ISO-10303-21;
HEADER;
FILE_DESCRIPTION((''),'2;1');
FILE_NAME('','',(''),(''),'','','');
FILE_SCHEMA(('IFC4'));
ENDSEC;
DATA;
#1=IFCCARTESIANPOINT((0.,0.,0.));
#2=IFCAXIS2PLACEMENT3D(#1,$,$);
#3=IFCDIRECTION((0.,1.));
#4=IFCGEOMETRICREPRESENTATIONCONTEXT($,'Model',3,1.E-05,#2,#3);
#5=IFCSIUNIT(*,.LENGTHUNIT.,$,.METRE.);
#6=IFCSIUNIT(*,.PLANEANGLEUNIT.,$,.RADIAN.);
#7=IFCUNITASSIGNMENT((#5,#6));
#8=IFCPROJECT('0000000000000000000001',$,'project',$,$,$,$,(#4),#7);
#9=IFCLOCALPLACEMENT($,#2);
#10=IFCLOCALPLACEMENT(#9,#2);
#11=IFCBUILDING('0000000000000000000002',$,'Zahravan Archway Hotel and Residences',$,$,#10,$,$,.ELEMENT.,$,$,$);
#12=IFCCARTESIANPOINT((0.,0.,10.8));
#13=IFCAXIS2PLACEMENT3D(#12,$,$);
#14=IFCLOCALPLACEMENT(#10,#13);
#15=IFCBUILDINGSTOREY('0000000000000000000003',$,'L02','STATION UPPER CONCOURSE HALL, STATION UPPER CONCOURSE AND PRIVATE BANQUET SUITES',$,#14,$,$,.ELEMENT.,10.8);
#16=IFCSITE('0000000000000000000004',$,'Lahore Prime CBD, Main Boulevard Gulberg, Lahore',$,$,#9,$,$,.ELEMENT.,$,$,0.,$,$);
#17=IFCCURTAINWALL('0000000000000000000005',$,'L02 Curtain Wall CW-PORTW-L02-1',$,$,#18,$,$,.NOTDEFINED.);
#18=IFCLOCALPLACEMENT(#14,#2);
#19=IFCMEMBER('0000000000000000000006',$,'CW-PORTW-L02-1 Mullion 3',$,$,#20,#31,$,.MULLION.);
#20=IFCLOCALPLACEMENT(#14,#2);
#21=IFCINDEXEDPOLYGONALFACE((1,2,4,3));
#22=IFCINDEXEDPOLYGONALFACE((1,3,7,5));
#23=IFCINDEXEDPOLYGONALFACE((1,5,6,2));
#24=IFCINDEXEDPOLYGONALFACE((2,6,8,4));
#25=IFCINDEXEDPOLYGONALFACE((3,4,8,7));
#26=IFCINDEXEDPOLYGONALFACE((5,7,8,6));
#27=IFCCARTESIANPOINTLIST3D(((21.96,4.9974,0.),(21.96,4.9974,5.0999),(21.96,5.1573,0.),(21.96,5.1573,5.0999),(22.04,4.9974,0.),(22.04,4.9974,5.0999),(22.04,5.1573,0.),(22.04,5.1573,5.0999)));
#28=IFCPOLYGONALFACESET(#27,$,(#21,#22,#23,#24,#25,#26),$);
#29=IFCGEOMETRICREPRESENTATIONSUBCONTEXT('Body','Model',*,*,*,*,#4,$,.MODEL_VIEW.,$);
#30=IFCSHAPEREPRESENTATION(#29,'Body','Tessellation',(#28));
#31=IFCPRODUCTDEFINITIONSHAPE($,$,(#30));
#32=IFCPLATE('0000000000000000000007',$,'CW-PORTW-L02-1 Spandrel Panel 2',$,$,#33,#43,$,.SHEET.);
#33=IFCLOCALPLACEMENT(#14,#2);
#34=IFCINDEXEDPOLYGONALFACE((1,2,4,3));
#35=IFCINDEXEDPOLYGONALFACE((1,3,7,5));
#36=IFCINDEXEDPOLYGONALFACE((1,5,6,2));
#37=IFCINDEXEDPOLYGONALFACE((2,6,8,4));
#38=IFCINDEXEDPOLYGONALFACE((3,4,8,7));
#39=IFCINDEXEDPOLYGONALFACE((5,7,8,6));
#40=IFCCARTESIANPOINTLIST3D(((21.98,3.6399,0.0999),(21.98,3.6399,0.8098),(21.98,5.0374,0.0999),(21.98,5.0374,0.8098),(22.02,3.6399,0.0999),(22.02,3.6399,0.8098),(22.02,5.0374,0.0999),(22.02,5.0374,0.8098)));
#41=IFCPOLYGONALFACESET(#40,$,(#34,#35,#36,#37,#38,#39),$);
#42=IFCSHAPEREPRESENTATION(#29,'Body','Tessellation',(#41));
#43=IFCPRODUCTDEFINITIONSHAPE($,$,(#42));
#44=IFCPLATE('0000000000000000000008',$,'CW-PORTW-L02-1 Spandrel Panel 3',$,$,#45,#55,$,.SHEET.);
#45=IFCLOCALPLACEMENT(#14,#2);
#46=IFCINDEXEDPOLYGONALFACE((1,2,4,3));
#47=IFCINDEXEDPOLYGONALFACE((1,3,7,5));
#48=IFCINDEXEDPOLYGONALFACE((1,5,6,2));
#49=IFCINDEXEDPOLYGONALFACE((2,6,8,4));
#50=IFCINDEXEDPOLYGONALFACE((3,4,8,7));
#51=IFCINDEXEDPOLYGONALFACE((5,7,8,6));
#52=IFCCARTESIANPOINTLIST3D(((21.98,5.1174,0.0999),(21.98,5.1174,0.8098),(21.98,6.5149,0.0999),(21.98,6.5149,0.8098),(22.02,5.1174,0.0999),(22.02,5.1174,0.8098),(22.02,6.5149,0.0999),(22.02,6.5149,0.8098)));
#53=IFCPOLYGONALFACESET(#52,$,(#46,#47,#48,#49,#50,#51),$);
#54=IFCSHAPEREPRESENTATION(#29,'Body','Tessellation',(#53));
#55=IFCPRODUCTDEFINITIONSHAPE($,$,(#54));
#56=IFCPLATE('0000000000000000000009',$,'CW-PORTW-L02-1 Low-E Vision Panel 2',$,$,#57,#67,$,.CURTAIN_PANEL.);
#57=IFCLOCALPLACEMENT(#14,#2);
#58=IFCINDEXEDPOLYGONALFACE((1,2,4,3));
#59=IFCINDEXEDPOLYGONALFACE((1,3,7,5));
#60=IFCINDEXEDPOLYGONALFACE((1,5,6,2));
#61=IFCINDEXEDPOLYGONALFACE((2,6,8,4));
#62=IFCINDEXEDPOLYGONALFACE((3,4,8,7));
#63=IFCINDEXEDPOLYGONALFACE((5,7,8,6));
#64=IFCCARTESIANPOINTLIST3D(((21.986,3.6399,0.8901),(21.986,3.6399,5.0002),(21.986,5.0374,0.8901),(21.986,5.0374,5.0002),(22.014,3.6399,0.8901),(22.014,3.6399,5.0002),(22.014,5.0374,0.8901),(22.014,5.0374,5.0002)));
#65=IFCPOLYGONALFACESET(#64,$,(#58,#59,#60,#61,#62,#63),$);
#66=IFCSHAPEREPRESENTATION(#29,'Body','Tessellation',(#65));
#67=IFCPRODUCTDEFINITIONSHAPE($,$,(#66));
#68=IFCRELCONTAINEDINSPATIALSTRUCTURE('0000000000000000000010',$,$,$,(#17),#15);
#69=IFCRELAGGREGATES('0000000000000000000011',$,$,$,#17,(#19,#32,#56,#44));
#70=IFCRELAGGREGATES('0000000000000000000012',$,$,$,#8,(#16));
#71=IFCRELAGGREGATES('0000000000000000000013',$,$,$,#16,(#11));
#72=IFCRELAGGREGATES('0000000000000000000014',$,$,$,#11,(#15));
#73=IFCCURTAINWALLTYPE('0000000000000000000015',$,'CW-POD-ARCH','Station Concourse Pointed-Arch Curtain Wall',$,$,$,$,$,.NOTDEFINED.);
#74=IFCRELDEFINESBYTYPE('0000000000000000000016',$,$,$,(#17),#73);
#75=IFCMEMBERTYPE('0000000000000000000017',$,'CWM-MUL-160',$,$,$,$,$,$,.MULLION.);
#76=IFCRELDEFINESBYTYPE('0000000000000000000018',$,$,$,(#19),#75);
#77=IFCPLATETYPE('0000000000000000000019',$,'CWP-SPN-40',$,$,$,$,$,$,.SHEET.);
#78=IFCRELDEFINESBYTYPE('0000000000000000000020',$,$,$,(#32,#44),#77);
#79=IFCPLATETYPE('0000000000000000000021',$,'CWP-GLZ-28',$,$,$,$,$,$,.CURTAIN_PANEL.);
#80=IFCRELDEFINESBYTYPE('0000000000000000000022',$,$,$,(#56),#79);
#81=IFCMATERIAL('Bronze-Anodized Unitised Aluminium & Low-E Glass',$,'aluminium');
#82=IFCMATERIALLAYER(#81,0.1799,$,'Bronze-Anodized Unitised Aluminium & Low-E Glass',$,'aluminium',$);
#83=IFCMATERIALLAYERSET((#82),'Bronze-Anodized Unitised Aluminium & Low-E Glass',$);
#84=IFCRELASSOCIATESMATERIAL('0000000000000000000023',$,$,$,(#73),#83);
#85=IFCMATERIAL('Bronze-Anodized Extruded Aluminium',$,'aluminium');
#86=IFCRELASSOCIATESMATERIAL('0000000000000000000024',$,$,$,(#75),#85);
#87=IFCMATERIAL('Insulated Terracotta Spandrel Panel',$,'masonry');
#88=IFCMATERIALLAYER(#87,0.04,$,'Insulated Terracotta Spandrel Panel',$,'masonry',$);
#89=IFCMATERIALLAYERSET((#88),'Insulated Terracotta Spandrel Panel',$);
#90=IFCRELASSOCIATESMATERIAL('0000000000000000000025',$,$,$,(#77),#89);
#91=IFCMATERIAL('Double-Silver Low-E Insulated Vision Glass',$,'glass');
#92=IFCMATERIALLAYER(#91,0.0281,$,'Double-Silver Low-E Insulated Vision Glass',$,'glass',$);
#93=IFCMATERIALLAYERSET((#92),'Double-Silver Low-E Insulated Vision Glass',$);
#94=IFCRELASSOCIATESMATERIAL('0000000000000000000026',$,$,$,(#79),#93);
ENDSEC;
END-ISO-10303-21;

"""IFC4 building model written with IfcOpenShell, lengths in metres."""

from ifc_helpers import new_model, si_unit, direction, frame, origin, origin_2d, place, context, subcontext, project, spatial, rectangle, extrude, source, transform, mapped, material, layer, layer_set, material_profile, profile_set, type_object, element, aggregate, save


model = new_model("IFC4")

# Units and contexts
model_context = context("Model", 3, precision=1e-05, world=origin(), true_north=direction((0.0, 1.0)))
body_context = subcontext(model_context, "Body", "Model", "MODEL_VIEW")
ifc_project = project(units=[si_unit("LENGTHUNIT", "METRE"), si_unit("PLANEANGLEUNIT", "RADIAN")], contexts=[model_context])

# Site, building, storey
site_placement = place(None, origin())
site = spatial("IfcSite", under=ifc_project, at=site_placement, Name="Lahore Prime CBD, Main Boulevard Gulberg, Lahore", CompositionType="ELEMENT", RefElevation=0.0)
building_placement = place(site_placement, origin())
building = spatial("IfcBuilding", under=site, at=building_placement, Name="Zahravan Archway Hotel and Residences", CompositionType="ELEMENT")
storey_placement = place(building_placement, frame((0.0, 0.0, 10.8)))
storey = spatial("IfcBuildingStorey", under=building, at=storey_placement, Name="L02", Description="STATION UPPER CONCOURSE HALL, STATION UPPER CONCOURSE AND PRIVATE BANQUET SUITES", CompositionType="ELEMENT", Elevation=10.8)

# Curtain wall, member, plates
ifc_material_1 = material(Name="Bronze-Anodized Unitised Aluminium & Low-E Glass", Category="aluminium")
ifc_layer_1 = layer(ifc_material_1, 0.1799, Name="Bronze-Anodized Unitised Aluminium & Low-E Glass", Category="aluminium")
ifc_layer_set_1 = layer_set([ifc_layer_1], Name="Bronze-Anodized Unitised Aluminium & Low-E Glass")
curtain_wall_type = type_object("IfcCurtainWallType", Name="CW-POD-ARCH", Description="Station Concourse Pointed-Arch Curtain Wall", PredefinedType="NOTDEFINED", material=ifc_layer_set_1)
curtain_wall_placement = place(storey_placement, origin())
curtain_wall = element("IfcCurtainWall", 1, at=curtain_wall_placement, inside=storey, type_object=curtain_wall_type, Name="L02 Curtain Wall CW-PORTW-L02-1", PredefinedType="NOTDEFINED")
ifc_material_2 = material(Name="Bronze-Anodized Extruded Aluminium", Category="aluminium")
ifc_material_profile_1 = material_profile(ifc_material_2, rectangle(XDim=0.0801, YDim=0.1599, at=origin_2d()), Name="MUL 80x160", Category="aluminium")
ifc_profile_set_1 = profile_set([ifc_material_profile_1], Name="Bronze-Anodized Extruded Aluminium")
member_type_1 = type_object("IfcMemberType", Name="CWM-MUL-160", PredefinedType="MULLION", material=ifc_profile_set_1)
shared_shape_1 = source(origin(), body_context, "Body", "SweptSolid", [
    extrude(rectangle(XDim=0.0801, YDim=0.1599, at=origin_2d()), origin(), (0.0, 0.0, 1.0), 5.0999),
])
member_1_placement = place(storey_placement, frame((22.0, 5.0774, 0.0), z_axis=(0.0, 0.0, 1.0), x_axis=(1.0, 0.0, 0.0)))
member_1 = element("IfcMember", 2, at=member_1_placement, type_object=member_type_1, Name="CW-PORTW-L02-1 Mullion 3", PredefinedType="MULLION", context=body_context, shape_type="MappedRepresentation", body=[
    mapped(shared_shape_1, transform((0.0, 0.0, 0.0), scale=1.0)),
])
ifc_material_3 = material(Name="Insulated Terracotta Spandrel Panel", Category="masonry")
ifc_layer_2 = layer(ifc_material_3, 0.04, Name="Insulated Terracotta Spandrel Panel", Category="masonry")
ifc_layer_set_2 = layer_set([ifc_layer_2], Name="Insulated Terracotta Spandrel Panel")
plate_type_1 = type_object("IfcPlateType", Name="CWP-SPN-40", PredefinedType="SHEET", material=ifc_layer_set_2)
shared_shape_2 = source(origin(), body_context, "Body", "SweptSolid", [
    extrude(rectangle(XDim=1.3975, YDim=0.04, at=origin_2d()), origin(), (0.0, 0.0, 1.0), 0.71),
])
plate_1_placement = place(storey_placement, frame((22.0, 4.3386, 0.0999), z_axis=(0.0, 0.0, 1.0), x_axis=(0.0, 1.0, 0.0)))
plate_1 = element("IfcPlate", 3, at=plate_1_placement, type_object=plate_type_1, Name="CW-PORTW-L02-1 Spandrel Panel 2", PredefinedType="SHEET", context=body_context, shape_type="MappedRepresentation", body=[
    mapped(shared_shape_2, transform((0.0, 0.0, 0.0), scale=1.0)),
])
plate_2_placement = place(storey_placement, frame((22.0, 5.8162, 0.0999), z_axis=(0.0, 0.0, 1.0), x_axis=(0.0, 1.0, 0.0)))
plate_2 = element("IfcPlate", 4, at=plate_2_placement, type_object=plate_type_1, Name="CW-PORTW-L02-1 Spandrel Panel 3", PredefinedType="SHEET", context=body_context, shape_type="MappedRepresentation", body=[
    mapped(shared_shape_2, transform((0.0, 0.0, 0.0), scale=1.0)),
])
ifc_material_4 = material(Name="Double-Silver Low-E Insulated Vision Glass", Category="glass")
ifc_layer_3 = layer(ifc_material_4, 0.0281, Name="Double-Silver Low-E Insulated Vision Glass", Category="glass")
ifc_layer_set_3 = layer_set([ifc_layer_3], Name="Double-Silver Low-E Insulated Vision Glass")
plate_type_2 = type_object("IfcPlateType", Name="CWP-GLZ-28", PredefinedType="CURTAIN_PANEL", material=ifc_layer_set_3)
shared_shape_3 = source(origin(), body_context, "Body", "SweptSolid", [
    extrude(rectangle(XDim=1.3975, YDim=0.0281, at=origin_2d()), origin(), (0.0, 0.0, 1.0), 4.1101),
])
plate_3_placement = place(storey_placement, frame((22.0, 4.3386, 0.8901), z_axis=(0.0, 0.0, 1.0), x_axis=(0.0, 1.0, 0.0)))
plate_3 = element("IfcPlate", 5, at=plate_3_placement, type_object=plate_type_2, Name="CW-PORTW-L02-1 Low-E Vision Panel 2", PredefinedType="CURTAIN_PANEL", context=body_context, shape_type="MappedRepresentation", body=[
    mapped(shared_shape_3, transform((0.0, 0.0, 0.0), scale=1.0)),
])
aggregate(curtain_wall, [member_1, plate_1, plate_3, plate_2])

save(model, "model.ifc")
